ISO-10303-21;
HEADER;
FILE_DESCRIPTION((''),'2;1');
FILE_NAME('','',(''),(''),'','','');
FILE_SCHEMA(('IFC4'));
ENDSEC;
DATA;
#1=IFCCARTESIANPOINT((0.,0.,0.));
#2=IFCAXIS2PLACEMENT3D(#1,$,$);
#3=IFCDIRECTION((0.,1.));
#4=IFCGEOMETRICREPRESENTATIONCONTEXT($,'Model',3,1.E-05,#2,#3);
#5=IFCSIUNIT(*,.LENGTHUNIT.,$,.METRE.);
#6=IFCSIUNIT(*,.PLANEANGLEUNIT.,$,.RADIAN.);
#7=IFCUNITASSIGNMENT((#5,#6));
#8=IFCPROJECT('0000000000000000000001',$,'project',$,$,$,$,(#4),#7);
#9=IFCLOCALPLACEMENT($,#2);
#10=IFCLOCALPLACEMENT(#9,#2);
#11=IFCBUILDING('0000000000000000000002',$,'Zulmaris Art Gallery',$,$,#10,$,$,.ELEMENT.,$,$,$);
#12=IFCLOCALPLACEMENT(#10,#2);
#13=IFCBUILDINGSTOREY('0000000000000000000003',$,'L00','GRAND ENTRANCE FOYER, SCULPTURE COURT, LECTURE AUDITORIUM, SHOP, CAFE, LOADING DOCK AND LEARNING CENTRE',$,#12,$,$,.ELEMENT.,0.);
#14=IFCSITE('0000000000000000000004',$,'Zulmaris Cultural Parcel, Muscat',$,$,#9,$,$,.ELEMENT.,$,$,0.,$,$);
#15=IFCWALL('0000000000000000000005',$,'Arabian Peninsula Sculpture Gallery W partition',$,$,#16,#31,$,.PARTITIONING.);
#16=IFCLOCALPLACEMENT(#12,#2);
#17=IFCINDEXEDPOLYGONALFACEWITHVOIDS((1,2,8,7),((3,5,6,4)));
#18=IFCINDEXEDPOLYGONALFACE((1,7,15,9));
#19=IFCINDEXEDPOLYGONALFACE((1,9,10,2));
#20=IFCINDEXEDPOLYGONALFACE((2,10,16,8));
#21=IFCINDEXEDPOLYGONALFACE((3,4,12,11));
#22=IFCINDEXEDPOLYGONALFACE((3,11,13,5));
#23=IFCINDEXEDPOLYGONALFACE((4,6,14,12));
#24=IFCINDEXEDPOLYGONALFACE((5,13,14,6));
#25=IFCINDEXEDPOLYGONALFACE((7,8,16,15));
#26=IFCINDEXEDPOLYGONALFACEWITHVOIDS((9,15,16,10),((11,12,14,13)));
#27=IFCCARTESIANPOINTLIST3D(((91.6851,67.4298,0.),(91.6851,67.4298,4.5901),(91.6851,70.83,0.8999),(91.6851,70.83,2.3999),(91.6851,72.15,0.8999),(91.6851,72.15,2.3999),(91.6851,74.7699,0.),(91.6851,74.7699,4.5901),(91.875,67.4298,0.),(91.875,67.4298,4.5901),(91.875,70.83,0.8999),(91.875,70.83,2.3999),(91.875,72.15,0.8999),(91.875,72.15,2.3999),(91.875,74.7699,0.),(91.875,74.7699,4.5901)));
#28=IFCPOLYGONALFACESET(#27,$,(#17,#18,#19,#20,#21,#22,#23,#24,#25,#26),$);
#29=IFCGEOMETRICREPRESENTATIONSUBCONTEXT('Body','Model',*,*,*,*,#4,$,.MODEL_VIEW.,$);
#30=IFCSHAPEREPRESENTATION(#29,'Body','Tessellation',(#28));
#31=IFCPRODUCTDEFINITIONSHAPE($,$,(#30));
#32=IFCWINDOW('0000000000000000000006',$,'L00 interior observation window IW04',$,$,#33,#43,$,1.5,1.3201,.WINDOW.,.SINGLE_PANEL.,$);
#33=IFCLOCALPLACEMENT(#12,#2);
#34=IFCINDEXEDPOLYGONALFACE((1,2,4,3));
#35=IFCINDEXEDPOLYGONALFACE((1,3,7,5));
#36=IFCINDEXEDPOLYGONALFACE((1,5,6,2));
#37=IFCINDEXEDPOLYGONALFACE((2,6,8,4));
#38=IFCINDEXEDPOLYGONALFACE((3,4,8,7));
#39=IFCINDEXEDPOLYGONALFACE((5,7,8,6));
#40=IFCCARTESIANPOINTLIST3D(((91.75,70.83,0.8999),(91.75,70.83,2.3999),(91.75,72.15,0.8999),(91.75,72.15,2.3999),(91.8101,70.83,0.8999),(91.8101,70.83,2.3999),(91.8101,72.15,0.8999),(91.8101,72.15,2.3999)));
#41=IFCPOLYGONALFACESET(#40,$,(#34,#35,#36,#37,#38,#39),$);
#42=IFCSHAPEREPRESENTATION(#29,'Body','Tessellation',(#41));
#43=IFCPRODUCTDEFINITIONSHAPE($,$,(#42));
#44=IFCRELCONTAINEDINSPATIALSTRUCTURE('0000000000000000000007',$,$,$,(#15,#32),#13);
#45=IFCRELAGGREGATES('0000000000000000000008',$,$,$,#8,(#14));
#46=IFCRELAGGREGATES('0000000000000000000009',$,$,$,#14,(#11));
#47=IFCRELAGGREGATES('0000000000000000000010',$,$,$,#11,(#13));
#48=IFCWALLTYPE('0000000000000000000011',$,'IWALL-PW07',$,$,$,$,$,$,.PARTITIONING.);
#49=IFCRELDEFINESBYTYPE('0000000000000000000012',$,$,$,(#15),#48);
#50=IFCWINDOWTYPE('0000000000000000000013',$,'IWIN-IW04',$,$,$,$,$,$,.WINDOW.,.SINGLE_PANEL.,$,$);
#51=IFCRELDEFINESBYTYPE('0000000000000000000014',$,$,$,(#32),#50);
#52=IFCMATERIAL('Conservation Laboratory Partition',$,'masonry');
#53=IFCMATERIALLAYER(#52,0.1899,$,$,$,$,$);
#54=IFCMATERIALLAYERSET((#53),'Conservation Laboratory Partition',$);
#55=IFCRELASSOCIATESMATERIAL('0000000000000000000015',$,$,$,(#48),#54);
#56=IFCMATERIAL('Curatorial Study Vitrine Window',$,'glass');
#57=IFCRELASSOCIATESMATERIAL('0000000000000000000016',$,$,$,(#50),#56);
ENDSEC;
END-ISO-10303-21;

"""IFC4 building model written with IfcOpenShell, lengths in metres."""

from ifc_helpers import new_model, si_unit, direction, frame, frame_2d, origin, place, context, subcontext, project, spatial, rectangle, extrude, material, layer, layer_set, type_object, element, fill, save


model = new_model("IFC4")

# Units and contexts
model_context = context("Model", 3, precision=1e-05, world=origin(), true_north=direction((0.0, 1.0)))
body_context = subcontext(model_context, "Body", "Model", "MODEL_VIEW")
ifc_project = project(units=[si_unit("LENGTHUNIT", "METRE"), si_unit("PLANEANGLEUNIT", "RADIAN")], contexts=[model_context])

# Site, building, storey
site_placement = place(None, origin())
site = spatial("IfcSite", under=ifc_project, at=site_placement, Name="Zulmaris Cultural Parcel, Muscat", CompositionType="ELEMENT", RefElevation=0.0)
building_placement = place(site_placement, origin())
building = spatial("IfcBuilding", under=site, at=building_placement, Name="Zulmaris Art Gallery", CompositionType="ELEMENT")
storey_placement = place(building_placement, origin())
storey = spatial("IfcBuildingStorey", under=building, at=storey_placement, Name="L00", Description="GRAND ENTRANCE FOYER, SCULPTURE COURT, LECTURE AUDITORIUM, SHOP, CAFE, LOADING DOCK AND LEARNING CENTRE", CompositionType="ELEMENT", Elevation=0.0)

# Shared definitions
ifc_material_1 = material(Name="Conservation Laboratory Partition", Category="masonry")
ifc_layer_1 = layer(ifc_material_1, 0.1899)
ifc_layer_set_1 = layer_set([ifc_layer_1], Name="Conservation Laboratory Partition")
wall_type_1 = type_object("IfcWallType", Name="IWALL-PW07", PredefinedType="PARTITIONING", material=ifc_layer_set_1)

# Wall, opening, window
wall_1_placement = place(storey_placement, frame((91.78, 67.4299, 0.0), z_axis=(0.0, 0.0, 1.0), x_axis=(0.0, 1.0, 0.0)))
wall_1 = element("IfcWall", 1, at=wall_1_placement, inside=storey, type_object=wall_type_1, Name="Arabian Peninsula Sculpture Gallery W partition", PredefinedType="PARTITIONING", context=body_context, shape_type="SweptSolid", body=[
    extrude(rectangle(XDim=7.3401, YDim=0.1899, at=frame_2d((3.6699, 0.0))), origin(), (0.0, 0.0, 1.0), 4.5901),
])
opening_1_placement = place(wall_1_placement, frame((3.3999, 0.0, 0.8999)))
opening_1 = element("IfcOpeningElement", 2, at=opening_1_placement, cuts=wall_1, PredefinedType="OPENING", context=body_context, shape_type="SweptSolid", body=[
    extrude(rectangle(XDim=1.3201, YDim=1.5, at=frame_2d((0.6602, 0.75))), frame((0.0, 0.105, 0.0), z_axis=(0.0, -1.0, 0.0), x_axis=(1.0, 0.0, 0.0)), (0.0, 0.0, 1.0), 0.21),
])
ifc_material_2 = material(Name="Curatorial Study Vitrine Window", Category="glass")
window_type_1 = type_object("IfcWindowType", Name="IWIN-IW04", PartitioningType="SINGLE_PANEL", PredefinedType="WINDOW", material=ifc_material_2)
window_1_placement = place(opening_1_placement, origin())
window_1 = element("IfcWindow", 3, at=window_1_placement, inside=storey, type_object=window_type_1, Name="L00 interior observation window IW04", OverallHeight=1.5, OverallWidth=1.3201, PartitioningType="SINGLE_PANEL", PredefinedType="WINDOW", context=body_context, shape_type="SweptSolid", body=[
    extrude(rectangle(XDim=1.3201, YDim=1.5, at=frame_2d((0.6602, 0.75))), frame((0.0, 0.03, 0.0), z_axis=(0.0, -1.0, 0.0), x_axis=(1.0, 0.0, 0.0)), (0.0, 0.0, 1.0), 0.0601),
])
fill(opening_1, window_1)

save(model, "model.ifc")
